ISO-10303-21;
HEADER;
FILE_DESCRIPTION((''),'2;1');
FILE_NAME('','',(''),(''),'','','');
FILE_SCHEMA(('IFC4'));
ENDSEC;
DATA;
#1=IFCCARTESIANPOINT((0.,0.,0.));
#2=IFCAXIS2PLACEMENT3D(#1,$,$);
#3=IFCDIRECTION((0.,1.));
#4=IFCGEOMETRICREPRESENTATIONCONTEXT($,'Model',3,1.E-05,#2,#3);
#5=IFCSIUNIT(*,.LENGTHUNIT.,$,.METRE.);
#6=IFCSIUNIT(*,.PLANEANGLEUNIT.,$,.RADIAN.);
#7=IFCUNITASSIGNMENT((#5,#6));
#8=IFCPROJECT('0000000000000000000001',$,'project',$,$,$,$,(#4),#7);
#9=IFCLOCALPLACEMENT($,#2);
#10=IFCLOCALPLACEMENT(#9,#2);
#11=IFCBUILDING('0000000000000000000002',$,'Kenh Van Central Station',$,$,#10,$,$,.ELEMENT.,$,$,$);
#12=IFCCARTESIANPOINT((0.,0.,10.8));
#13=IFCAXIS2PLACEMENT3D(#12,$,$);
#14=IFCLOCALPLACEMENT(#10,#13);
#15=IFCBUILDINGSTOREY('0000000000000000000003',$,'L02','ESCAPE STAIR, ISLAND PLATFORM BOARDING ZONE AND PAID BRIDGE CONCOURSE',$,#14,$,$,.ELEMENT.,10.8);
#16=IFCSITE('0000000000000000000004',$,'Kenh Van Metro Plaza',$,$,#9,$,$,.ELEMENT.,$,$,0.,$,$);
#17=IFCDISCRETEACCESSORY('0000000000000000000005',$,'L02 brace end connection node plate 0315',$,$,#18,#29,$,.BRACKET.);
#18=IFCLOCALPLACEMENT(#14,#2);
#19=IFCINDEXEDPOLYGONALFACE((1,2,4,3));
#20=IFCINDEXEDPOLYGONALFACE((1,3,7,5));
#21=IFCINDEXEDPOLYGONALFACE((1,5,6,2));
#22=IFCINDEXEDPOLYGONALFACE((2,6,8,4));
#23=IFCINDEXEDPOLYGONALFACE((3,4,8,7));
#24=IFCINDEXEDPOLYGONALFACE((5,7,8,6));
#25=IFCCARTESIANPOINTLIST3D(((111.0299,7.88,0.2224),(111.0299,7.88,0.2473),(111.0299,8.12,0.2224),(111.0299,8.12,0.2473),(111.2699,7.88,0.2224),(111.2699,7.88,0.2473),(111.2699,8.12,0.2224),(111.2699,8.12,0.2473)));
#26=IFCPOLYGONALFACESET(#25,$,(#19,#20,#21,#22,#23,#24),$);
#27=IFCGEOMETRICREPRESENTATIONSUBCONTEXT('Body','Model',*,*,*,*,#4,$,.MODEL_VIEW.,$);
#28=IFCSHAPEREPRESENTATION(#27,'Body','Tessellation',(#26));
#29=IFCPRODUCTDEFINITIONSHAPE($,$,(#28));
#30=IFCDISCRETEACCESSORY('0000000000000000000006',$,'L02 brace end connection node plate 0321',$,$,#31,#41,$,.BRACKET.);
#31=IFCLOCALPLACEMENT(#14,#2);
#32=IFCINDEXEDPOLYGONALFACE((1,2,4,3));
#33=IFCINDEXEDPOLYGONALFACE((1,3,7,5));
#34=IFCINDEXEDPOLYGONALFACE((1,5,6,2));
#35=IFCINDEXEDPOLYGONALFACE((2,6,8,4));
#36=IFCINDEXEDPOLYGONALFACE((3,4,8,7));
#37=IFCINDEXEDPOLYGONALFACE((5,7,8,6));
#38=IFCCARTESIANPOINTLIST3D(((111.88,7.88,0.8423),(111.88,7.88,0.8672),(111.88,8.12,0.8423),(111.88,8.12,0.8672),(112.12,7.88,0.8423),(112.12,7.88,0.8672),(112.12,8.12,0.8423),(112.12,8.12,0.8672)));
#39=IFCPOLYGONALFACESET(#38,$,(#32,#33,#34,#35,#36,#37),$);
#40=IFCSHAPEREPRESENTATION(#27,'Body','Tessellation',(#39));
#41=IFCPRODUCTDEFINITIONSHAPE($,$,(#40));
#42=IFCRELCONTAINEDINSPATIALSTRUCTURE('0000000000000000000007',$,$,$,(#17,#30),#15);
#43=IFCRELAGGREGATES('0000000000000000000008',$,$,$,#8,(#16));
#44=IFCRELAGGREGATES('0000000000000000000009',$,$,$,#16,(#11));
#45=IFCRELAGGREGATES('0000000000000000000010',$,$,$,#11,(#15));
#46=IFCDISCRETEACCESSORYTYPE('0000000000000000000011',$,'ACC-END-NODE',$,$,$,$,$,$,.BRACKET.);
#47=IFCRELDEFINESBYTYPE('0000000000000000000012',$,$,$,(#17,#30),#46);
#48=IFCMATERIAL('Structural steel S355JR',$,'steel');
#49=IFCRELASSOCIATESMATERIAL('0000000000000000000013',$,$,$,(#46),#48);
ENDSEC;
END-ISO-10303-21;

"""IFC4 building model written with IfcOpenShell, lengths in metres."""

from ifc_helpers import new_model, si_unit, direction, frame, origin, origin_2d, place, context, subcontext, project, spatial, rectangle, extrude, material, type_object, element, save


model = new_model("IFC4")

# Units and contexts
model_context = context("Model", 3, precision=1e-05, world=origin(), true_north=direction((0.0, 1.0)))
body_context = subcontext(model_context, "Body", "Model", "MODEL_VIEW")
ifc_project = project(units=[si_unit("LENGTHUNIT", "METRE"), si_unit("PLANEANGLEUNIT", "RADIAN")], contexts=[model_context])

# Site, building, storey
site_placement = place(None, origin())
site = spatial("IfcSite", under=ifc_project, at=site_placement, Name="Kenh Van Metro Plaza", CompositionType="ELEMENT", RefElevation=0.0)
building_placement = place(site_placement, origin())
building = spatial("IfcBuilding", under=site, at=building_placement, Name="Kenh Van Central Station", CompositionType="ELEMENT")
storey_placement = place(building_placement, frame((0.0, 0.0, 10.8)))
storey = spatial("IfcBuildingStorey", under=building, at=storey_placement, Name="L02", Description="ESCAPE STAIR, ISLAND PLATFORM BOARDING ZONE AND PAID BRIDGE CONCOURSE", CompositionType="ELEMENT", Elevation=10.8)

# Discrete accessories
ifc_material_1 = material(Name="Structural steel S355JR", Category="steel")
discrete_accessory_type = type_object("IfcDiscreteAccessoryType", Name="ACC-END-NODE", PredefinedType="BRACKET", material=ifc_material_1)
for number, where, z_axis, x_axis, name in (
    (1, (111.1499, 8.0, 0.2224), (0.0, 0.0, 1.0), (1.0, 0.0, 0.0), "L02 brace end connection node plate 0315"),
    (2, (112.0, 8.0, 0.8423), (0.0, 0.0, 1.0), (1.0, 0.0, 0.0), "L02 brace end connection node plate 0321"),
):
    element("IfcDiscreteAccessory", number, at=place(storey_placement, frame(where, z_axis=z_axis, x_axis=x_axis)), inside=storey, type_object=discrete_accessory_type, Name=name, PredefinedType="BRACKET", context=body_context, shape_type="SweptSolid", body=[
        extrude(rectangle(XDim=0.24, YDim=0.24, at=origin_2d()), origin(), (0.0, 0.0, 1.0), 0.0249),
    ])

save(model, "model.ifc")
